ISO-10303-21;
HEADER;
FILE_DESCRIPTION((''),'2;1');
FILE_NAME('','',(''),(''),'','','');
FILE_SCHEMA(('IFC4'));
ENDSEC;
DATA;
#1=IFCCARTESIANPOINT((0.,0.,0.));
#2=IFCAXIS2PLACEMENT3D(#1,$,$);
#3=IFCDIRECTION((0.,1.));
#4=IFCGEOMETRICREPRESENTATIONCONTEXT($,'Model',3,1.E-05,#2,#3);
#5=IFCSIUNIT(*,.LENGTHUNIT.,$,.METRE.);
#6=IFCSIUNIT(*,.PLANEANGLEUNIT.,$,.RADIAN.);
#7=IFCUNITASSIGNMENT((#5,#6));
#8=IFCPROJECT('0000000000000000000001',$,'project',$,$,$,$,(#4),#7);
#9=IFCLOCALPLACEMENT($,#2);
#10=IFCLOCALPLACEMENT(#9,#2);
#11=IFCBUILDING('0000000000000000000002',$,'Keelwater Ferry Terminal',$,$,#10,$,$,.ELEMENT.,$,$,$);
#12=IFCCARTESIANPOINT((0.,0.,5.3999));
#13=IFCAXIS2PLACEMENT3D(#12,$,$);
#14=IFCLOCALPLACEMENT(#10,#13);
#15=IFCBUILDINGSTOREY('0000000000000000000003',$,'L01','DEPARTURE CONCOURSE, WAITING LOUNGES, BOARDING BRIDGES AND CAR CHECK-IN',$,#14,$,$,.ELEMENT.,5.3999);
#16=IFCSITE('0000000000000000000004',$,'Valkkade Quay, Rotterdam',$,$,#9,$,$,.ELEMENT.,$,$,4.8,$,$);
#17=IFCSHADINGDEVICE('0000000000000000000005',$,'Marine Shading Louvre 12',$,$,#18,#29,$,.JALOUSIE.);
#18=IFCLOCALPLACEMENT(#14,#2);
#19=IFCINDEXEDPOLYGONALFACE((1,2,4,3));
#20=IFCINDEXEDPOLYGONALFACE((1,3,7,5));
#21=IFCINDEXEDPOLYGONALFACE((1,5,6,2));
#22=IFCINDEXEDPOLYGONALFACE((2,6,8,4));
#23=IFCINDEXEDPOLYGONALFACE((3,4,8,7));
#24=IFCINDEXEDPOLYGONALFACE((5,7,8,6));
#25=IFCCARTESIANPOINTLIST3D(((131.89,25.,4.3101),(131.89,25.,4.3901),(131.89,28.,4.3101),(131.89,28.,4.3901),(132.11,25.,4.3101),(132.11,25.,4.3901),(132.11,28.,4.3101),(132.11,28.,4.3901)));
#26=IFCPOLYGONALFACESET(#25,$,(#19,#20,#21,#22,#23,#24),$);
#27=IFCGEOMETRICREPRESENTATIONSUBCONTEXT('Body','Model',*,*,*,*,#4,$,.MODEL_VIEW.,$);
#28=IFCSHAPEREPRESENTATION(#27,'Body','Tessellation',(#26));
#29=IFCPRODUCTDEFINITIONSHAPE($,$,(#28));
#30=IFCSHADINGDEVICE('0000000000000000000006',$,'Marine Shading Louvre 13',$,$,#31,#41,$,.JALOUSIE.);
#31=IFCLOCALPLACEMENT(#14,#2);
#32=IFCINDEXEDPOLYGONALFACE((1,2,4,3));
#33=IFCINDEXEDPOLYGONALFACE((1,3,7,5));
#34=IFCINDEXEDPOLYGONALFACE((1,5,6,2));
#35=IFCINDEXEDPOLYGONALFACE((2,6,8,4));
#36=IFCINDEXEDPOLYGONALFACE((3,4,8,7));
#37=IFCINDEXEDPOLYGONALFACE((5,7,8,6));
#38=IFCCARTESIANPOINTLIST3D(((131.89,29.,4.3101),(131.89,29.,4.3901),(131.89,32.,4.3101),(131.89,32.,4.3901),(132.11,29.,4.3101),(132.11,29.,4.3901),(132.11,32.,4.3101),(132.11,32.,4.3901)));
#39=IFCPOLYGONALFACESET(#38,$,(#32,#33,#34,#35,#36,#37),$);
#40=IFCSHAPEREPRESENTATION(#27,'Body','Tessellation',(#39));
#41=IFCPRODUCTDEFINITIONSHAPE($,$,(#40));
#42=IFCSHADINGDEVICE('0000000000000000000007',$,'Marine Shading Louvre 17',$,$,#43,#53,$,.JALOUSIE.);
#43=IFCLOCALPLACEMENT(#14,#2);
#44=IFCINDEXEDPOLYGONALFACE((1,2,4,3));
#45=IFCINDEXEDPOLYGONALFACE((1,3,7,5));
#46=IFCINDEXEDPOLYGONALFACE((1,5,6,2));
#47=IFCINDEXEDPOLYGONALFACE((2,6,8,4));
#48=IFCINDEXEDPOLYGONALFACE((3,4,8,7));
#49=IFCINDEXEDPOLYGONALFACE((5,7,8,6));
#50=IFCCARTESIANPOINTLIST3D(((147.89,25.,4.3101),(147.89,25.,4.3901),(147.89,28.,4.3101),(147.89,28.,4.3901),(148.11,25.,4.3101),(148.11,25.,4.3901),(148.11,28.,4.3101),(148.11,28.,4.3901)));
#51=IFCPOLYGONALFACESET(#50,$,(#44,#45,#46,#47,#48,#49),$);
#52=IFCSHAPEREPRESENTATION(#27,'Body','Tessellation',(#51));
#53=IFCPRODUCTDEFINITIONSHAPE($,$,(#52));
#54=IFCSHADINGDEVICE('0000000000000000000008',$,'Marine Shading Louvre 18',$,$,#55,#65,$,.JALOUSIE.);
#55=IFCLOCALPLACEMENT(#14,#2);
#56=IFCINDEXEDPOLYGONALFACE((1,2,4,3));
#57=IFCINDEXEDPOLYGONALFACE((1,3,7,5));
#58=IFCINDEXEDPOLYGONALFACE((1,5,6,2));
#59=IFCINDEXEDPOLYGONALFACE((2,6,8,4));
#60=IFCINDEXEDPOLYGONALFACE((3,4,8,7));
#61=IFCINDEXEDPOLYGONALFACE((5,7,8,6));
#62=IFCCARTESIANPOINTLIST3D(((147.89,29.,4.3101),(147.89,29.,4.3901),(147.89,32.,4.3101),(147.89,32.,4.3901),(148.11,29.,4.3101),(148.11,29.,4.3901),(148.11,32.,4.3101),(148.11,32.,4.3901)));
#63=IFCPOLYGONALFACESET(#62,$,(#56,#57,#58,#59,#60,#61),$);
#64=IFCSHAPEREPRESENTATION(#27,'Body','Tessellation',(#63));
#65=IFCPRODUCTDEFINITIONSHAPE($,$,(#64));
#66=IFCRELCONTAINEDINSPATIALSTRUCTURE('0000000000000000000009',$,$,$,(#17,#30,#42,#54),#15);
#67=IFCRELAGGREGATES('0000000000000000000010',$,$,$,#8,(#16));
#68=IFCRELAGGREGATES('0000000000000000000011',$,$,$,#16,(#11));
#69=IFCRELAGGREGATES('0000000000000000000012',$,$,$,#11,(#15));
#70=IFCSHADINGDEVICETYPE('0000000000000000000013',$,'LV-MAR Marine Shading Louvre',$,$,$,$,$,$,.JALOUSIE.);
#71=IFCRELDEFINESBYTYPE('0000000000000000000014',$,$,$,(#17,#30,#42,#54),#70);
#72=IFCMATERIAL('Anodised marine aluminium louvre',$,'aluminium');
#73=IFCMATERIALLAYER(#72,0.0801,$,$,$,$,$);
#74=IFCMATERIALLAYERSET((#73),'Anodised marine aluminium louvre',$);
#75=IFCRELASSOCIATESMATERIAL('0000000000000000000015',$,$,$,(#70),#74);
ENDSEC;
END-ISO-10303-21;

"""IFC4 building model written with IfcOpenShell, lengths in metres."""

from ifc_helpers import new_model, si_unit, direction, frame, origin, origin_2d, place, context, subcontext, project, spatial, rectangle, extrude, material, layer, layer_set, type_object, element, save


model = new_model("IFC4")

# Units and contexts
model_context = context("Model", 3, precision=1e-05, world=origin(), true_north=direction((0.0, 1.0)))
body_context = subcontext(model_context, "Body", "Model", "MODEL_VIEW")
ifc_project = project(units=[si_unit("LENGTHUNIT", "METRE"), si_unit("PLANEANGLEUNIT", "RADIAN")], contexts=[model_context])

# Site, building, storey
site_placement = place(None, origin())
site = spatial("IfcSite", under=ifc_project, at=site_placement, Name="Valkkade Quay, Rotterdam", CompositionType="ELEMENT", RefElevation=4.8)
building_placement = place(site_placement, origin())
building = spatial("IfcBuilding", under=site, at=building_placement, Name="Keelwater Ferry Terminal", CompositionType="ELEMENT")
storey_placement = place(building_placement, frame((0.0, 0.0, 5.3999)))
storey = spatial("IfcBuildingStorey", under=building, at=storey_placement, Name="L01", Description="DEPARTURE CONCOURSE, WAITING LOUNGES, BOARDING BRIDGES AND CAR CHECK-IN", CompositionType="ELEMENT", Elevation=5.3999)

# Shading devices
ifc_material_1 = material(Name="Anodised marine aluminium louvre", Category="aluminium")
ifc_layer_1 = layer(ifc_material_1, 0.0801)
ifc_layer_set_1 = layer_set([ifc_layer_1], Name="Anodised marine aluminium louvre")
shading_device_type = type_object("IfcShadingDeviceType", Name="LV-MAR Marine Shading Louvre", PredefinedType="JALOUSIE", material=ifc_layer_set_1)
for number, where, z_axis, x_axis, name in (
    (1, (132.0, 26.5, 4.3101), (0.0, 0.0, 1.0), (1.0, 0.0, 0.0), "Marine Shading Louvre 12"),
    (2, (132.0, 30.5, 4.3101), (0.0, 0.0, 1.0), (1.0, 0.0, 0.0), "Marine Shading Louvre 13"),
    (3, (148.0, 26.5, 4.3101), (0.0, 0.0, 1.0), (1.0, 0.0, 0.0), "Marine Shading Louvre 17"),
    (4, (148.0, 30.5, 4.3101), (0.0, 0.0, 1.0), (1.0, 0.0, 0.0), "Marine Shading Louvre 18"),
):
    element("IfcShadingDevice", number, at=place(storey_placement, frame(where, z_axis=z_axis, x_axis=x_axis)), inside=storey, type_object=shading_device_type, Name=name, PredefinedType="JALOUSIE", context=body_context, shape_type="SweptSolid", body=[
        extrude(rectangle(XDim=0.22, YDim=3.0, at=origin_2d()), origin(), (0.0, 0.0, 1.0), 0.0801),
    ])

save(model, "model.ifc")
